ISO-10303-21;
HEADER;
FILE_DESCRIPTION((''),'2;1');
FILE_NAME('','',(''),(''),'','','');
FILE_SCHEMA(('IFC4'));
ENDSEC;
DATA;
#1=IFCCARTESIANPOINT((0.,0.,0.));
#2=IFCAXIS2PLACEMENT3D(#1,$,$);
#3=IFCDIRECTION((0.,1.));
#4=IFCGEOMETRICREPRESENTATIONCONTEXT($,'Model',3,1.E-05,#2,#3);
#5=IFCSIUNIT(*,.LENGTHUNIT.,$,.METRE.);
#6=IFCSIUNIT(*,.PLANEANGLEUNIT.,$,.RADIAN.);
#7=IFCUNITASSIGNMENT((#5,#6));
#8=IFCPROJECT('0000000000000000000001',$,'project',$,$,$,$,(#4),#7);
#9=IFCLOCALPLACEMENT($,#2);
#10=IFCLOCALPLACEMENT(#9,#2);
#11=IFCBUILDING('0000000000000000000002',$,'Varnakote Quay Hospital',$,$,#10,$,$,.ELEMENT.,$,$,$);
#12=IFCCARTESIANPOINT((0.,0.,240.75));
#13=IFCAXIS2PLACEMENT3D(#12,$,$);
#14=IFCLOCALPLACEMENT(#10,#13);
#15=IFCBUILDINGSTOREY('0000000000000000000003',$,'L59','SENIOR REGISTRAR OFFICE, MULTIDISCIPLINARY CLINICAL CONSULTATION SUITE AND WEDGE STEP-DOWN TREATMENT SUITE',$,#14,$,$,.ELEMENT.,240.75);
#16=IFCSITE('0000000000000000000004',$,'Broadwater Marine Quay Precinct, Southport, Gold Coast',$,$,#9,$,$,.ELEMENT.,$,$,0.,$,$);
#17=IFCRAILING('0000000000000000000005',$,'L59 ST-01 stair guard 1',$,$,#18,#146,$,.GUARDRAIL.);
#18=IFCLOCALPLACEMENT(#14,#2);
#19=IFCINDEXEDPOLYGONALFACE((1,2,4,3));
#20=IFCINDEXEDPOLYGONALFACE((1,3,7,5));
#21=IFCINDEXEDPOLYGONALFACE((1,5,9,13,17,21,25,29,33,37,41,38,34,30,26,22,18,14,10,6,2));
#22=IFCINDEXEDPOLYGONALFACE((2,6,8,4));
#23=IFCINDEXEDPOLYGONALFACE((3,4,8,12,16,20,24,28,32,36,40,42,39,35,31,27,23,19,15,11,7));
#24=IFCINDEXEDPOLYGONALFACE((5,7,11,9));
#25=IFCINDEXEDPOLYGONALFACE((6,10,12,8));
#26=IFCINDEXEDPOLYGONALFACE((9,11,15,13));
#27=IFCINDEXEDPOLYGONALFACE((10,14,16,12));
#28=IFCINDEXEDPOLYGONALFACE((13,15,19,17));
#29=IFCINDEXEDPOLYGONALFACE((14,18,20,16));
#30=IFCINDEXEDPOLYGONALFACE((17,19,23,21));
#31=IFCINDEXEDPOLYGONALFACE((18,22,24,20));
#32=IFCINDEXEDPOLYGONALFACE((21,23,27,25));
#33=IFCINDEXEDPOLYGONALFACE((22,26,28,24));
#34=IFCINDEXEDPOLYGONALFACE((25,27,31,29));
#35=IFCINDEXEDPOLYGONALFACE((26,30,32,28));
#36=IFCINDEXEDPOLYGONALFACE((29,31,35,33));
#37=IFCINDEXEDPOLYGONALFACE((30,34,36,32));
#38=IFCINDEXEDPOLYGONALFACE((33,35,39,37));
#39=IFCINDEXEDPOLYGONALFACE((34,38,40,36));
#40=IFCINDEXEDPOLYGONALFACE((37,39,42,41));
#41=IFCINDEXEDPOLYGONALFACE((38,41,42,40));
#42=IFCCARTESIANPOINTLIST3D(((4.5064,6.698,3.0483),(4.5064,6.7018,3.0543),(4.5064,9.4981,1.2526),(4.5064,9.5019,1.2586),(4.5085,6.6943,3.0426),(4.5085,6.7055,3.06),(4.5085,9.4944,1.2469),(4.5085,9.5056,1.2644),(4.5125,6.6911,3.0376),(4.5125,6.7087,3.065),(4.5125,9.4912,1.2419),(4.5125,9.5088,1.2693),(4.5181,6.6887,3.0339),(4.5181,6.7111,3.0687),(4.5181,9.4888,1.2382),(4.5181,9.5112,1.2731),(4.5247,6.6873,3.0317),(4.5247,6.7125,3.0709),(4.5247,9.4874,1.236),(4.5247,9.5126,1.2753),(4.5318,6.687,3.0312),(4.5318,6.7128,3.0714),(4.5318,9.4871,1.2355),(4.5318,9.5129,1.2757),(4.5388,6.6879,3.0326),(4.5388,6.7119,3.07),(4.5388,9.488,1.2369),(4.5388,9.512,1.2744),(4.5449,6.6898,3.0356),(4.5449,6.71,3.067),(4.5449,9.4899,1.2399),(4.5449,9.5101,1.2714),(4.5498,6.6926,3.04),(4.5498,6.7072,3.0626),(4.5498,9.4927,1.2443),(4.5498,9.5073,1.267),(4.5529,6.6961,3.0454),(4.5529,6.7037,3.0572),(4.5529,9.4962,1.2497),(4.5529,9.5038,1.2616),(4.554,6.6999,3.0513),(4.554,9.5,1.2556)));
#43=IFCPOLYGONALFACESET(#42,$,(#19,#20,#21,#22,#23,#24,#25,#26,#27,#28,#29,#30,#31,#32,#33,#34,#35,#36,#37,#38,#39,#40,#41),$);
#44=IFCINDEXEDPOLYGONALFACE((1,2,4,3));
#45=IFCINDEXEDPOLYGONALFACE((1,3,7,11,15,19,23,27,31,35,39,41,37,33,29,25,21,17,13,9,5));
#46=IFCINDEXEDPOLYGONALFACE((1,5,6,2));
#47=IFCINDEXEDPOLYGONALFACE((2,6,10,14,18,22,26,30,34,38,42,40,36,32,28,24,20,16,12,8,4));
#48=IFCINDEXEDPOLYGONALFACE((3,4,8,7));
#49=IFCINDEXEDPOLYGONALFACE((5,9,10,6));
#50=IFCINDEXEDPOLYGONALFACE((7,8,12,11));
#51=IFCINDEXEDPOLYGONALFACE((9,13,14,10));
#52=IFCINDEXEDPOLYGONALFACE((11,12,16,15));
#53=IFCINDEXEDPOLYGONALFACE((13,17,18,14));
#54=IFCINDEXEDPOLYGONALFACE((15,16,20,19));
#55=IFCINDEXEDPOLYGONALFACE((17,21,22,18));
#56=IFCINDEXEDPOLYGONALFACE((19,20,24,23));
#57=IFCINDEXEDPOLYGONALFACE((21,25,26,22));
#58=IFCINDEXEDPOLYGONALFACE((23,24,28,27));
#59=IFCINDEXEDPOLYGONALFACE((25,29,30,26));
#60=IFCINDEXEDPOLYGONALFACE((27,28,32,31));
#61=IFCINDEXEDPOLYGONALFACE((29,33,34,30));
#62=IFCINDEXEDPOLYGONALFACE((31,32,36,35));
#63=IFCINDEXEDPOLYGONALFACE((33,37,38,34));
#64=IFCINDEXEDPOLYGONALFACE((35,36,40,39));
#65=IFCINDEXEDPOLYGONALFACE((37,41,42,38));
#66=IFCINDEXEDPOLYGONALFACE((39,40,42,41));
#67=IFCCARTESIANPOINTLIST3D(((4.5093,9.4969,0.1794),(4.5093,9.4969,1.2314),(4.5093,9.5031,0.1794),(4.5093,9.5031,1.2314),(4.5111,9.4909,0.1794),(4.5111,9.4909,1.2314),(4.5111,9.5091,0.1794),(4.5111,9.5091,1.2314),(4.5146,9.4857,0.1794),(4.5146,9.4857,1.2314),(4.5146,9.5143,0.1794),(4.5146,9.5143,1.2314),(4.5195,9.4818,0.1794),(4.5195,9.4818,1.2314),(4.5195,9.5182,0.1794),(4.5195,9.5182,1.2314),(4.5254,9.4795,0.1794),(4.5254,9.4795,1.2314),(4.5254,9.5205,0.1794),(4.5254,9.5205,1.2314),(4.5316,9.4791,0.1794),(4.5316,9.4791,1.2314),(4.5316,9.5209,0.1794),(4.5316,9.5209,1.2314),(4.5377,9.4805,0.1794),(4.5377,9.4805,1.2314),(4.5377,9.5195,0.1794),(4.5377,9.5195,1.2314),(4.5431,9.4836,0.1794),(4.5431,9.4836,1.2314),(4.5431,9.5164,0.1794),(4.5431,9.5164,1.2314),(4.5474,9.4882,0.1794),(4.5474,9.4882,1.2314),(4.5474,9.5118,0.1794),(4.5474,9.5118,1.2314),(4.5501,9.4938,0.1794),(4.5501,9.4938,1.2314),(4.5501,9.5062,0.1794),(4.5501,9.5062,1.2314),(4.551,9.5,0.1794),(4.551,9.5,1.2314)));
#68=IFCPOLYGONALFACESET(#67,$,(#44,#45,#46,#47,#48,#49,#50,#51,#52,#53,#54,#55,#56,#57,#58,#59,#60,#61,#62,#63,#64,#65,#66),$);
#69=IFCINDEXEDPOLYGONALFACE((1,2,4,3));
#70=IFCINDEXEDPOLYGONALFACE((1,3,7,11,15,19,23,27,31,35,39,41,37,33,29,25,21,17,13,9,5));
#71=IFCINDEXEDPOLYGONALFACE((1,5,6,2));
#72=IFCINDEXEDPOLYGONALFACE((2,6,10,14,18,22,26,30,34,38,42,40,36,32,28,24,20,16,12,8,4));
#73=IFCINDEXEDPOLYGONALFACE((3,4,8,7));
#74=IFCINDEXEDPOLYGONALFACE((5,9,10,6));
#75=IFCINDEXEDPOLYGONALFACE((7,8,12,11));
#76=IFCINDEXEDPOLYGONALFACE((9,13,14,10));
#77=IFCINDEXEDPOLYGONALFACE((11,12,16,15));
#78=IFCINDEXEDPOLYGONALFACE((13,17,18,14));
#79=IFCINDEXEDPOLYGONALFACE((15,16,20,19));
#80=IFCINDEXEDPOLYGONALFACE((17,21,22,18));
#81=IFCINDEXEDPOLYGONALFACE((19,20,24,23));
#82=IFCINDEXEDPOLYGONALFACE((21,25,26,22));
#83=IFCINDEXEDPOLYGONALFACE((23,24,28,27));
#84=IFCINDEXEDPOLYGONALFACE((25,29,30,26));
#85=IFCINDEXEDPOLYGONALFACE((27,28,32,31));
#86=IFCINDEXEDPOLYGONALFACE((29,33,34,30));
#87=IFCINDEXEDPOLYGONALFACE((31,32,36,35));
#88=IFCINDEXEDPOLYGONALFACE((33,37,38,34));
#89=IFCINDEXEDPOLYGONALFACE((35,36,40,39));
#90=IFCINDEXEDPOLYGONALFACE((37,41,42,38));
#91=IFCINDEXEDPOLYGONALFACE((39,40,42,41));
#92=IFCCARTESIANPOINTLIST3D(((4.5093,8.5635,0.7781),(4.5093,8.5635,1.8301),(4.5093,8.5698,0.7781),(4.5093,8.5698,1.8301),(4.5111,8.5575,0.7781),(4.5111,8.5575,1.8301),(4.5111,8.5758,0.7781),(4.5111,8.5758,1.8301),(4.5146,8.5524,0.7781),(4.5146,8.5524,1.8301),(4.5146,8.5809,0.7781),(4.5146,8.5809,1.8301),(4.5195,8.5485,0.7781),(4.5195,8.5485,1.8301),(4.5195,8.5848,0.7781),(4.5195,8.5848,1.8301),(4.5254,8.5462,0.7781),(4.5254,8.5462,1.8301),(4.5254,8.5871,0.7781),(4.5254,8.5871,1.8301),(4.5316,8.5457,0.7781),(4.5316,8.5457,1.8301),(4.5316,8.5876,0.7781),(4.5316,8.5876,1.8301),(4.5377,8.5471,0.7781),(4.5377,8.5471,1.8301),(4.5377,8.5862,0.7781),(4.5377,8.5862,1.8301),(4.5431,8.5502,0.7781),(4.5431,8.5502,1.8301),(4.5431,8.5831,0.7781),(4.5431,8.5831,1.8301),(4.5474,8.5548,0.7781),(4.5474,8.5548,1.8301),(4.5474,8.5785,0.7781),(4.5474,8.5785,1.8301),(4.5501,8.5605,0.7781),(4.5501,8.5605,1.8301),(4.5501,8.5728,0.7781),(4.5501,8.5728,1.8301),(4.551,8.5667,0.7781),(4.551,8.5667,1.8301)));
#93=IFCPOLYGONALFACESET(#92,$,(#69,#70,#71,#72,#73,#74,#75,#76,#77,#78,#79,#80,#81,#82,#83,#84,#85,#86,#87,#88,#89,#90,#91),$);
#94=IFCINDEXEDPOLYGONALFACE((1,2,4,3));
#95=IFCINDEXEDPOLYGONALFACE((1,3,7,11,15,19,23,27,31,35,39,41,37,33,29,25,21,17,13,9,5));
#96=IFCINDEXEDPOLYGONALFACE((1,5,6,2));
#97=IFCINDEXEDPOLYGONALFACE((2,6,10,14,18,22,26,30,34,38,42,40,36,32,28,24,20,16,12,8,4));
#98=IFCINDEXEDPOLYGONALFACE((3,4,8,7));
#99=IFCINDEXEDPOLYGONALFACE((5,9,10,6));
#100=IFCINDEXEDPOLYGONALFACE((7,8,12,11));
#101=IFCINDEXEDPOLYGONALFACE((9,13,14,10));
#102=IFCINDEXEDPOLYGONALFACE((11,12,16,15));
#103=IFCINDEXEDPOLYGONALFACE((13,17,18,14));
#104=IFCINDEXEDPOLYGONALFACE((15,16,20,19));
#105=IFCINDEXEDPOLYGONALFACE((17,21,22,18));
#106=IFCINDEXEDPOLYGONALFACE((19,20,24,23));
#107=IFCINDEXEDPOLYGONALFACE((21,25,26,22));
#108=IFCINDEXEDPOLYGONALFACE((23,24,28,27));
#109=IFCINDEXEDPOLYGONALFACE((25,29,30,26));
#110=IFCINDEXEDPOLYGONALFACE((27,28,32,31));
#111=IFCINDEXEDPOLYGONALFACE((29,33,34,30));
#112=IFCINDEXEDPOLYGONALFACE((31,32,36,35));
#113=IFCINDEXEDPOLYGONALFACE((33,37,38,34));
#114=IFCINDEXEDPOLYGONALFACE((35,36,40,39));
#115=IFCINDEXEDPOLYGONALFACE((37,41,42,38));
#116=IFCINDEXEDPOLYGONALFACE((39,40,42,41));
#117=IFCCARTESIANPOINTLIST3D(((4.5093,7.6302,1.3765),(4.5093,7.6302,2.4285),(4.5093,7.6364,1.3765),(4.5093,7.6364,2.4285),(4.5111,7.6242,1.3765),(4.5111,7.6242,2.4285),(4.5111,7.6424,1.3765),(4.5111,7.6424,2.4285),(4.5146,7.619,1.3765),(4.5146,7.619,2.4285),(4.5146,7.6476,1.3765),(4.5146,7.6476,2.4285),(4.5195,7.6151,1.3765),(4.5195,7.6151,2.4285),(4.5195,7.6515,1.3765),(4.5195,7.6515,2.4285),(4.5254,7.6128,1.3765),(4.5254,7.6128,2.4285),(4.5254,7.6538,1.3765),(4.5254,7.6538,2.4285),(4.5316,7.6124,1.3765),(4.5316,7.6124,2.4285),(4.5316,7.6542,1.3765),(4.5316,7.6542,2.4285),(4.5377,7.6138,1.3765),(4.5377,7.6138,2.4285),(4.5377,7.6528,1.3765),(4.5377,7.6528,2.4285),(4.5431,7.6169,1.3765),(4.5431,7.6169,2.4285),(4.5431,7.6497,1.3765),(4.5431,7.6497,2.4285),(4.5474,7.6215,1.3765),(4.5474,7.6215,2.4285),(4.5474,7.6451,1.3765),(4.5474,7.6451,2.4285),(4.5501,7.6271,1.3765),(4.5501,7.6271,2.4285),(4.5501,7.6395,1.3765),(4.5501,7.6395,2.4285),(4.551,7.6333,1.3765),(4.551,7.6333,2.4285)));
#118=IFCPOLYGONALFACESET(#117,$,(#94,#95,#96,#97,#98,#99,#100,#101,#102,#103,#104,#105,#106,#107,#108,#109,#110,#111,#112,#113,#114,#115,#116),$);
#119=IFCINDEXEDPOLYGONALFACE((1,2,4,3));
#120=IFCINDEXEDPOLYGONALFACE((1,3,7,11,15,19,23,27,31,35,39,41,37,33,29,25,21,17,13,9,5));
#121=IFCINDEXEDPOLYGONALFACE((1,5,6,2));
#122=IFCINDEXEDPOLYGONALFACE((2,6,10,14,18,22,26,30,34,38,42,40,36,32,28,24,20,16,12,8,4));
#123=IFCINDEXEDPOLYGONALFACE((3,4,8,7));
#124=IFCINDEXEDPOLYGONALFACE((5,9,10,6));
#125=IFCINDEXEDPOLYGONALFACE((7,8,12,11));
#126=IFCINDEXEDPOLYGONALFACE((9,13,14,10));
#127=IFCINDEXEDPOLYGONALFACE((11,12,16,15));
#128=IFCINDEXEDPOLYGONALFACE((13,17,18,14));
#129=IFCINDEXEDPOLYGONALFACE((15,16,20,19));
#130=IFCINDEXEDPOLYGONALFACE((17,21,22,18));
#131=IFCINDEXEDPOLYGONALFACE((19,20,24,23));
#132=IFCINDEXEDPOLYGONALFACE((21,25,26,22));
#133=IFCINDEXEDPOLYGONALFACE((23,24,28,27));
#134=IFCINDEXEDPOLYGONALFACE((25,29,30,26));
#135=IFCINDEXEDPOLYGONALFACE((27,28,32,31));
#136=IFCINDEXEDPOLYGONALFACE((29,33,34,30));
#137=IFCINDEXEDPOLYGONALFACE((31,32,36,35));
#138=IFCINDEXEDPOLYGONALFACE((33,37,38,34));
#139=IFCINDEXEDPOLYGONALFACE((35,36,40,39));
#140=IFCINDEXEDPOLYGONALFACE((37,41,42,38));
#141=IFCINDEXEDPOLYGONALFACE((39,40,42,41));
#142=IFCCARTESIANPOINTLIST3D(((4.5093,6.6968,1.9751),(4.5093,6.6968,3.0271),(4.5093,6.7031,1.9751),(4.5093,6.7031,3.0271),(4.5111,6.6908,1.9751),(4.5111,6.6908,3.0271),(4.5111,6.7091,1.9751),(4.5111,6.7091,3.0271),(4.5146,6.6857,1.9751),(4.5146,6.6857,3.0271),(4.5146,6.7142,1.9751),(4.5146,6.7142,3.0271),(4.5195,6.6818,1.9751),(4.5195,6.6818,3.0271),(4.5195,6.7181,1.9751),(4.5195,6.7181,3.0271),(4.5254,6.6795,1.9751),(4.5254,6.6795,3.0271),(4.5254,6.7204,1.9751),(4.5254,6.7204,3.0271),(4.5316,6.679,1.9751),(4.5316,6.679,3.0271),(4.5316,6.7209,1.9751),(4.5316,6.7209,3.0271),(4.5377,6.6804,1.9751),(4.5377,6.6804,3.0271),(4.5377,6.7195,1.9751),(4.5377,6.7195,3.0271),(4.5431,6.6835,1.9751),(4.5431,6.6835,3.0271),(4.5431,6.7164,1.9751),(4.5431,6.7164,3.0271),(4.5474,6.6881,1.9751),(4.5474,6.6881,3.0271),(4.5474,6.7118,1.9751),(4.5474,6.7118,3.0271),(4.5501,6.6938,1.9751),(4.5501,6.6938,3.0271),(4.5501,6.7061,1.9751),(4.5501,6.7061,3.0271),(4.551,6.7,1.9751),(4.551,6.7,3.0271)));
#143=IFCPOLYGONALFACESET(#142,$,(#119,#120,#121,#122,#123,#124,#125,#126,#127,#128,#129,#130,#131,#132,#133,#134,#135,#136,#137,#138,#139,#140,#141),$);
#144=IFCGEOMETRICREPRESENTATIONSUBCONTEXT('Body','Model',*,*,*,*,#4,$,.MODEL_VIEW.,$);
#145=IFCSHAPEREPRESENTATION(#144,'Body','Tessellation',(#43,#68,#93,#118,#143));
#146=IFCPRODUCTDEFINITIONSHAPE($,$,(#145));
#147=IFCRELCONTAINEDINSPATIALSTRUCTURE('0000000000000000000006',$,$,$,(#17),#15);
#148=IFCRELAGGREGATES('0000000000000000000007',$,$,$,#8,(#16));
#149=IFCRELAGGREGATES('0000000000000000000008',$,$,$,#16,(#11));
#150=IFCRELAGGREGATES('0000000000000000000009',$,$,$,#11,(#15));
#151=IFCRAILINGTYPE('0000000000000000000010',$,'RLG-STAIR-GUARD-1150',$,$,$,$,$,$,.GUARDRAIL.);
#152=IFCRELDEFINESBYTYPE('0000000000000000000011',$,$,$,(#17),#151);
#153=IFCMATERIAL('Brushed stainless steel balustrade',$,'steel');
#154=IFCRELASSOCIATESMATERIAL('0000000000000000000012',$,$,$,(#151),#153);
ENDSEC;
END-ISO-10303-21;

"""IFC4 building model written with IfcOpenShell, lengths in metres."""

from ifc_helpers import new_model, si_unit, direction, frame, origin, origin_2d, place, context, subcontext, project, spatial, circle, extrude, material, type_object, element, save


model = new_model("IFC4")

# Units and contexts
model_context = context("Model", 3, precision=1e-05, world=origin(), true_north=direction((0.0, 1.0)))
body_context = subcontext(model_context, "Body", "Model", "MODEL_VIEW")
ifc_project = project(units=[si_unit("LENGTHUNIT", "METRE"), si_unit("PLANEANGLEUNIT", "RADIAN")], contexts=[model_context])

# Site, building, storey
site_placement = place(None, origin())
site = spatial("IfcSite", under=ifc_project, at=site_placement, Name="Broadwater Marine Quay Precinct, Southport, Gold Coast", CompositionType="ELEMENT", RefElevation=0.0)
building_placement = place(site_placement, origin())
building = spatial("IfcBuilding", under=site, at=building_placement, Name="Varnakote Quay Hospital", CompositionType="ELEMENT")
storey_placement = place(building_placement, frame((0.0, 0.0, 240.75)))
storey = spatial("IfcBuildingStorey", under=building, at=storey_placement, Name="L59", Description="SENIOR REGISTRAR OFFICE, MULTIDISCIPLINARY CLINICAL CONSULTATION SUITE AND WEDGE STEP-DOWN TREATMENT SUITE", CompositionType="ELEMENT", Elevation=240.75)

# Railing
ifc_material_1 = material(Name="Brushed stainless steel balustrade", Category="steel")
railing_type_1 = type_object("IfcRailingType", Name="RLG-STAIR-GUARD-1150", PredefinedType="GUARDRAIL", material=ifc_material_1)
railing_1_placement = place(storey_placement, frame((4.53, 9.5, 0.1794)))
element("IfcRailing", 1, at=railing_1_placement, inside=storey, type_object=railing_type_1, Name="L59 ST-01 stair guard 1", PredefinedType="GUARDRAIL", context=body_context, shape_type="SweptSolid", body=[
    extrude(circle(Radius=0.0239, at=origin_2d()), frame((0.0, 0.0, 1.0762), z_axis=(0.0, -0.841777, 0.539826), x_axis=(1.0, 0.0, 0.0)), (0.0, 0.0, 1.0), 3.3264),
    extrude(circle(Radius=0.021, at=origin_2d()), origin(), (0.0, 0.0, 1.0), 1.052),
    extrude(circle(Radius=0.021, at=origin_2d()), frame((0.0, -0.9333, 0.5986)), (0.0, 0.0, 1.0), 1.052),
    extrude(circle(Radius=0.021, at=origin_2d()), frame((0.0, -1.8667, 1.197)), (0.0, 0.0, 1.0), 1.052),
    extrude(circle(Radius=0.021, at=origin_2d()), frame((0.0, -2.8, 1.7957)), (0.0, 0.0, 1.0), 1.052),
])

save(model, "model.ifc")
